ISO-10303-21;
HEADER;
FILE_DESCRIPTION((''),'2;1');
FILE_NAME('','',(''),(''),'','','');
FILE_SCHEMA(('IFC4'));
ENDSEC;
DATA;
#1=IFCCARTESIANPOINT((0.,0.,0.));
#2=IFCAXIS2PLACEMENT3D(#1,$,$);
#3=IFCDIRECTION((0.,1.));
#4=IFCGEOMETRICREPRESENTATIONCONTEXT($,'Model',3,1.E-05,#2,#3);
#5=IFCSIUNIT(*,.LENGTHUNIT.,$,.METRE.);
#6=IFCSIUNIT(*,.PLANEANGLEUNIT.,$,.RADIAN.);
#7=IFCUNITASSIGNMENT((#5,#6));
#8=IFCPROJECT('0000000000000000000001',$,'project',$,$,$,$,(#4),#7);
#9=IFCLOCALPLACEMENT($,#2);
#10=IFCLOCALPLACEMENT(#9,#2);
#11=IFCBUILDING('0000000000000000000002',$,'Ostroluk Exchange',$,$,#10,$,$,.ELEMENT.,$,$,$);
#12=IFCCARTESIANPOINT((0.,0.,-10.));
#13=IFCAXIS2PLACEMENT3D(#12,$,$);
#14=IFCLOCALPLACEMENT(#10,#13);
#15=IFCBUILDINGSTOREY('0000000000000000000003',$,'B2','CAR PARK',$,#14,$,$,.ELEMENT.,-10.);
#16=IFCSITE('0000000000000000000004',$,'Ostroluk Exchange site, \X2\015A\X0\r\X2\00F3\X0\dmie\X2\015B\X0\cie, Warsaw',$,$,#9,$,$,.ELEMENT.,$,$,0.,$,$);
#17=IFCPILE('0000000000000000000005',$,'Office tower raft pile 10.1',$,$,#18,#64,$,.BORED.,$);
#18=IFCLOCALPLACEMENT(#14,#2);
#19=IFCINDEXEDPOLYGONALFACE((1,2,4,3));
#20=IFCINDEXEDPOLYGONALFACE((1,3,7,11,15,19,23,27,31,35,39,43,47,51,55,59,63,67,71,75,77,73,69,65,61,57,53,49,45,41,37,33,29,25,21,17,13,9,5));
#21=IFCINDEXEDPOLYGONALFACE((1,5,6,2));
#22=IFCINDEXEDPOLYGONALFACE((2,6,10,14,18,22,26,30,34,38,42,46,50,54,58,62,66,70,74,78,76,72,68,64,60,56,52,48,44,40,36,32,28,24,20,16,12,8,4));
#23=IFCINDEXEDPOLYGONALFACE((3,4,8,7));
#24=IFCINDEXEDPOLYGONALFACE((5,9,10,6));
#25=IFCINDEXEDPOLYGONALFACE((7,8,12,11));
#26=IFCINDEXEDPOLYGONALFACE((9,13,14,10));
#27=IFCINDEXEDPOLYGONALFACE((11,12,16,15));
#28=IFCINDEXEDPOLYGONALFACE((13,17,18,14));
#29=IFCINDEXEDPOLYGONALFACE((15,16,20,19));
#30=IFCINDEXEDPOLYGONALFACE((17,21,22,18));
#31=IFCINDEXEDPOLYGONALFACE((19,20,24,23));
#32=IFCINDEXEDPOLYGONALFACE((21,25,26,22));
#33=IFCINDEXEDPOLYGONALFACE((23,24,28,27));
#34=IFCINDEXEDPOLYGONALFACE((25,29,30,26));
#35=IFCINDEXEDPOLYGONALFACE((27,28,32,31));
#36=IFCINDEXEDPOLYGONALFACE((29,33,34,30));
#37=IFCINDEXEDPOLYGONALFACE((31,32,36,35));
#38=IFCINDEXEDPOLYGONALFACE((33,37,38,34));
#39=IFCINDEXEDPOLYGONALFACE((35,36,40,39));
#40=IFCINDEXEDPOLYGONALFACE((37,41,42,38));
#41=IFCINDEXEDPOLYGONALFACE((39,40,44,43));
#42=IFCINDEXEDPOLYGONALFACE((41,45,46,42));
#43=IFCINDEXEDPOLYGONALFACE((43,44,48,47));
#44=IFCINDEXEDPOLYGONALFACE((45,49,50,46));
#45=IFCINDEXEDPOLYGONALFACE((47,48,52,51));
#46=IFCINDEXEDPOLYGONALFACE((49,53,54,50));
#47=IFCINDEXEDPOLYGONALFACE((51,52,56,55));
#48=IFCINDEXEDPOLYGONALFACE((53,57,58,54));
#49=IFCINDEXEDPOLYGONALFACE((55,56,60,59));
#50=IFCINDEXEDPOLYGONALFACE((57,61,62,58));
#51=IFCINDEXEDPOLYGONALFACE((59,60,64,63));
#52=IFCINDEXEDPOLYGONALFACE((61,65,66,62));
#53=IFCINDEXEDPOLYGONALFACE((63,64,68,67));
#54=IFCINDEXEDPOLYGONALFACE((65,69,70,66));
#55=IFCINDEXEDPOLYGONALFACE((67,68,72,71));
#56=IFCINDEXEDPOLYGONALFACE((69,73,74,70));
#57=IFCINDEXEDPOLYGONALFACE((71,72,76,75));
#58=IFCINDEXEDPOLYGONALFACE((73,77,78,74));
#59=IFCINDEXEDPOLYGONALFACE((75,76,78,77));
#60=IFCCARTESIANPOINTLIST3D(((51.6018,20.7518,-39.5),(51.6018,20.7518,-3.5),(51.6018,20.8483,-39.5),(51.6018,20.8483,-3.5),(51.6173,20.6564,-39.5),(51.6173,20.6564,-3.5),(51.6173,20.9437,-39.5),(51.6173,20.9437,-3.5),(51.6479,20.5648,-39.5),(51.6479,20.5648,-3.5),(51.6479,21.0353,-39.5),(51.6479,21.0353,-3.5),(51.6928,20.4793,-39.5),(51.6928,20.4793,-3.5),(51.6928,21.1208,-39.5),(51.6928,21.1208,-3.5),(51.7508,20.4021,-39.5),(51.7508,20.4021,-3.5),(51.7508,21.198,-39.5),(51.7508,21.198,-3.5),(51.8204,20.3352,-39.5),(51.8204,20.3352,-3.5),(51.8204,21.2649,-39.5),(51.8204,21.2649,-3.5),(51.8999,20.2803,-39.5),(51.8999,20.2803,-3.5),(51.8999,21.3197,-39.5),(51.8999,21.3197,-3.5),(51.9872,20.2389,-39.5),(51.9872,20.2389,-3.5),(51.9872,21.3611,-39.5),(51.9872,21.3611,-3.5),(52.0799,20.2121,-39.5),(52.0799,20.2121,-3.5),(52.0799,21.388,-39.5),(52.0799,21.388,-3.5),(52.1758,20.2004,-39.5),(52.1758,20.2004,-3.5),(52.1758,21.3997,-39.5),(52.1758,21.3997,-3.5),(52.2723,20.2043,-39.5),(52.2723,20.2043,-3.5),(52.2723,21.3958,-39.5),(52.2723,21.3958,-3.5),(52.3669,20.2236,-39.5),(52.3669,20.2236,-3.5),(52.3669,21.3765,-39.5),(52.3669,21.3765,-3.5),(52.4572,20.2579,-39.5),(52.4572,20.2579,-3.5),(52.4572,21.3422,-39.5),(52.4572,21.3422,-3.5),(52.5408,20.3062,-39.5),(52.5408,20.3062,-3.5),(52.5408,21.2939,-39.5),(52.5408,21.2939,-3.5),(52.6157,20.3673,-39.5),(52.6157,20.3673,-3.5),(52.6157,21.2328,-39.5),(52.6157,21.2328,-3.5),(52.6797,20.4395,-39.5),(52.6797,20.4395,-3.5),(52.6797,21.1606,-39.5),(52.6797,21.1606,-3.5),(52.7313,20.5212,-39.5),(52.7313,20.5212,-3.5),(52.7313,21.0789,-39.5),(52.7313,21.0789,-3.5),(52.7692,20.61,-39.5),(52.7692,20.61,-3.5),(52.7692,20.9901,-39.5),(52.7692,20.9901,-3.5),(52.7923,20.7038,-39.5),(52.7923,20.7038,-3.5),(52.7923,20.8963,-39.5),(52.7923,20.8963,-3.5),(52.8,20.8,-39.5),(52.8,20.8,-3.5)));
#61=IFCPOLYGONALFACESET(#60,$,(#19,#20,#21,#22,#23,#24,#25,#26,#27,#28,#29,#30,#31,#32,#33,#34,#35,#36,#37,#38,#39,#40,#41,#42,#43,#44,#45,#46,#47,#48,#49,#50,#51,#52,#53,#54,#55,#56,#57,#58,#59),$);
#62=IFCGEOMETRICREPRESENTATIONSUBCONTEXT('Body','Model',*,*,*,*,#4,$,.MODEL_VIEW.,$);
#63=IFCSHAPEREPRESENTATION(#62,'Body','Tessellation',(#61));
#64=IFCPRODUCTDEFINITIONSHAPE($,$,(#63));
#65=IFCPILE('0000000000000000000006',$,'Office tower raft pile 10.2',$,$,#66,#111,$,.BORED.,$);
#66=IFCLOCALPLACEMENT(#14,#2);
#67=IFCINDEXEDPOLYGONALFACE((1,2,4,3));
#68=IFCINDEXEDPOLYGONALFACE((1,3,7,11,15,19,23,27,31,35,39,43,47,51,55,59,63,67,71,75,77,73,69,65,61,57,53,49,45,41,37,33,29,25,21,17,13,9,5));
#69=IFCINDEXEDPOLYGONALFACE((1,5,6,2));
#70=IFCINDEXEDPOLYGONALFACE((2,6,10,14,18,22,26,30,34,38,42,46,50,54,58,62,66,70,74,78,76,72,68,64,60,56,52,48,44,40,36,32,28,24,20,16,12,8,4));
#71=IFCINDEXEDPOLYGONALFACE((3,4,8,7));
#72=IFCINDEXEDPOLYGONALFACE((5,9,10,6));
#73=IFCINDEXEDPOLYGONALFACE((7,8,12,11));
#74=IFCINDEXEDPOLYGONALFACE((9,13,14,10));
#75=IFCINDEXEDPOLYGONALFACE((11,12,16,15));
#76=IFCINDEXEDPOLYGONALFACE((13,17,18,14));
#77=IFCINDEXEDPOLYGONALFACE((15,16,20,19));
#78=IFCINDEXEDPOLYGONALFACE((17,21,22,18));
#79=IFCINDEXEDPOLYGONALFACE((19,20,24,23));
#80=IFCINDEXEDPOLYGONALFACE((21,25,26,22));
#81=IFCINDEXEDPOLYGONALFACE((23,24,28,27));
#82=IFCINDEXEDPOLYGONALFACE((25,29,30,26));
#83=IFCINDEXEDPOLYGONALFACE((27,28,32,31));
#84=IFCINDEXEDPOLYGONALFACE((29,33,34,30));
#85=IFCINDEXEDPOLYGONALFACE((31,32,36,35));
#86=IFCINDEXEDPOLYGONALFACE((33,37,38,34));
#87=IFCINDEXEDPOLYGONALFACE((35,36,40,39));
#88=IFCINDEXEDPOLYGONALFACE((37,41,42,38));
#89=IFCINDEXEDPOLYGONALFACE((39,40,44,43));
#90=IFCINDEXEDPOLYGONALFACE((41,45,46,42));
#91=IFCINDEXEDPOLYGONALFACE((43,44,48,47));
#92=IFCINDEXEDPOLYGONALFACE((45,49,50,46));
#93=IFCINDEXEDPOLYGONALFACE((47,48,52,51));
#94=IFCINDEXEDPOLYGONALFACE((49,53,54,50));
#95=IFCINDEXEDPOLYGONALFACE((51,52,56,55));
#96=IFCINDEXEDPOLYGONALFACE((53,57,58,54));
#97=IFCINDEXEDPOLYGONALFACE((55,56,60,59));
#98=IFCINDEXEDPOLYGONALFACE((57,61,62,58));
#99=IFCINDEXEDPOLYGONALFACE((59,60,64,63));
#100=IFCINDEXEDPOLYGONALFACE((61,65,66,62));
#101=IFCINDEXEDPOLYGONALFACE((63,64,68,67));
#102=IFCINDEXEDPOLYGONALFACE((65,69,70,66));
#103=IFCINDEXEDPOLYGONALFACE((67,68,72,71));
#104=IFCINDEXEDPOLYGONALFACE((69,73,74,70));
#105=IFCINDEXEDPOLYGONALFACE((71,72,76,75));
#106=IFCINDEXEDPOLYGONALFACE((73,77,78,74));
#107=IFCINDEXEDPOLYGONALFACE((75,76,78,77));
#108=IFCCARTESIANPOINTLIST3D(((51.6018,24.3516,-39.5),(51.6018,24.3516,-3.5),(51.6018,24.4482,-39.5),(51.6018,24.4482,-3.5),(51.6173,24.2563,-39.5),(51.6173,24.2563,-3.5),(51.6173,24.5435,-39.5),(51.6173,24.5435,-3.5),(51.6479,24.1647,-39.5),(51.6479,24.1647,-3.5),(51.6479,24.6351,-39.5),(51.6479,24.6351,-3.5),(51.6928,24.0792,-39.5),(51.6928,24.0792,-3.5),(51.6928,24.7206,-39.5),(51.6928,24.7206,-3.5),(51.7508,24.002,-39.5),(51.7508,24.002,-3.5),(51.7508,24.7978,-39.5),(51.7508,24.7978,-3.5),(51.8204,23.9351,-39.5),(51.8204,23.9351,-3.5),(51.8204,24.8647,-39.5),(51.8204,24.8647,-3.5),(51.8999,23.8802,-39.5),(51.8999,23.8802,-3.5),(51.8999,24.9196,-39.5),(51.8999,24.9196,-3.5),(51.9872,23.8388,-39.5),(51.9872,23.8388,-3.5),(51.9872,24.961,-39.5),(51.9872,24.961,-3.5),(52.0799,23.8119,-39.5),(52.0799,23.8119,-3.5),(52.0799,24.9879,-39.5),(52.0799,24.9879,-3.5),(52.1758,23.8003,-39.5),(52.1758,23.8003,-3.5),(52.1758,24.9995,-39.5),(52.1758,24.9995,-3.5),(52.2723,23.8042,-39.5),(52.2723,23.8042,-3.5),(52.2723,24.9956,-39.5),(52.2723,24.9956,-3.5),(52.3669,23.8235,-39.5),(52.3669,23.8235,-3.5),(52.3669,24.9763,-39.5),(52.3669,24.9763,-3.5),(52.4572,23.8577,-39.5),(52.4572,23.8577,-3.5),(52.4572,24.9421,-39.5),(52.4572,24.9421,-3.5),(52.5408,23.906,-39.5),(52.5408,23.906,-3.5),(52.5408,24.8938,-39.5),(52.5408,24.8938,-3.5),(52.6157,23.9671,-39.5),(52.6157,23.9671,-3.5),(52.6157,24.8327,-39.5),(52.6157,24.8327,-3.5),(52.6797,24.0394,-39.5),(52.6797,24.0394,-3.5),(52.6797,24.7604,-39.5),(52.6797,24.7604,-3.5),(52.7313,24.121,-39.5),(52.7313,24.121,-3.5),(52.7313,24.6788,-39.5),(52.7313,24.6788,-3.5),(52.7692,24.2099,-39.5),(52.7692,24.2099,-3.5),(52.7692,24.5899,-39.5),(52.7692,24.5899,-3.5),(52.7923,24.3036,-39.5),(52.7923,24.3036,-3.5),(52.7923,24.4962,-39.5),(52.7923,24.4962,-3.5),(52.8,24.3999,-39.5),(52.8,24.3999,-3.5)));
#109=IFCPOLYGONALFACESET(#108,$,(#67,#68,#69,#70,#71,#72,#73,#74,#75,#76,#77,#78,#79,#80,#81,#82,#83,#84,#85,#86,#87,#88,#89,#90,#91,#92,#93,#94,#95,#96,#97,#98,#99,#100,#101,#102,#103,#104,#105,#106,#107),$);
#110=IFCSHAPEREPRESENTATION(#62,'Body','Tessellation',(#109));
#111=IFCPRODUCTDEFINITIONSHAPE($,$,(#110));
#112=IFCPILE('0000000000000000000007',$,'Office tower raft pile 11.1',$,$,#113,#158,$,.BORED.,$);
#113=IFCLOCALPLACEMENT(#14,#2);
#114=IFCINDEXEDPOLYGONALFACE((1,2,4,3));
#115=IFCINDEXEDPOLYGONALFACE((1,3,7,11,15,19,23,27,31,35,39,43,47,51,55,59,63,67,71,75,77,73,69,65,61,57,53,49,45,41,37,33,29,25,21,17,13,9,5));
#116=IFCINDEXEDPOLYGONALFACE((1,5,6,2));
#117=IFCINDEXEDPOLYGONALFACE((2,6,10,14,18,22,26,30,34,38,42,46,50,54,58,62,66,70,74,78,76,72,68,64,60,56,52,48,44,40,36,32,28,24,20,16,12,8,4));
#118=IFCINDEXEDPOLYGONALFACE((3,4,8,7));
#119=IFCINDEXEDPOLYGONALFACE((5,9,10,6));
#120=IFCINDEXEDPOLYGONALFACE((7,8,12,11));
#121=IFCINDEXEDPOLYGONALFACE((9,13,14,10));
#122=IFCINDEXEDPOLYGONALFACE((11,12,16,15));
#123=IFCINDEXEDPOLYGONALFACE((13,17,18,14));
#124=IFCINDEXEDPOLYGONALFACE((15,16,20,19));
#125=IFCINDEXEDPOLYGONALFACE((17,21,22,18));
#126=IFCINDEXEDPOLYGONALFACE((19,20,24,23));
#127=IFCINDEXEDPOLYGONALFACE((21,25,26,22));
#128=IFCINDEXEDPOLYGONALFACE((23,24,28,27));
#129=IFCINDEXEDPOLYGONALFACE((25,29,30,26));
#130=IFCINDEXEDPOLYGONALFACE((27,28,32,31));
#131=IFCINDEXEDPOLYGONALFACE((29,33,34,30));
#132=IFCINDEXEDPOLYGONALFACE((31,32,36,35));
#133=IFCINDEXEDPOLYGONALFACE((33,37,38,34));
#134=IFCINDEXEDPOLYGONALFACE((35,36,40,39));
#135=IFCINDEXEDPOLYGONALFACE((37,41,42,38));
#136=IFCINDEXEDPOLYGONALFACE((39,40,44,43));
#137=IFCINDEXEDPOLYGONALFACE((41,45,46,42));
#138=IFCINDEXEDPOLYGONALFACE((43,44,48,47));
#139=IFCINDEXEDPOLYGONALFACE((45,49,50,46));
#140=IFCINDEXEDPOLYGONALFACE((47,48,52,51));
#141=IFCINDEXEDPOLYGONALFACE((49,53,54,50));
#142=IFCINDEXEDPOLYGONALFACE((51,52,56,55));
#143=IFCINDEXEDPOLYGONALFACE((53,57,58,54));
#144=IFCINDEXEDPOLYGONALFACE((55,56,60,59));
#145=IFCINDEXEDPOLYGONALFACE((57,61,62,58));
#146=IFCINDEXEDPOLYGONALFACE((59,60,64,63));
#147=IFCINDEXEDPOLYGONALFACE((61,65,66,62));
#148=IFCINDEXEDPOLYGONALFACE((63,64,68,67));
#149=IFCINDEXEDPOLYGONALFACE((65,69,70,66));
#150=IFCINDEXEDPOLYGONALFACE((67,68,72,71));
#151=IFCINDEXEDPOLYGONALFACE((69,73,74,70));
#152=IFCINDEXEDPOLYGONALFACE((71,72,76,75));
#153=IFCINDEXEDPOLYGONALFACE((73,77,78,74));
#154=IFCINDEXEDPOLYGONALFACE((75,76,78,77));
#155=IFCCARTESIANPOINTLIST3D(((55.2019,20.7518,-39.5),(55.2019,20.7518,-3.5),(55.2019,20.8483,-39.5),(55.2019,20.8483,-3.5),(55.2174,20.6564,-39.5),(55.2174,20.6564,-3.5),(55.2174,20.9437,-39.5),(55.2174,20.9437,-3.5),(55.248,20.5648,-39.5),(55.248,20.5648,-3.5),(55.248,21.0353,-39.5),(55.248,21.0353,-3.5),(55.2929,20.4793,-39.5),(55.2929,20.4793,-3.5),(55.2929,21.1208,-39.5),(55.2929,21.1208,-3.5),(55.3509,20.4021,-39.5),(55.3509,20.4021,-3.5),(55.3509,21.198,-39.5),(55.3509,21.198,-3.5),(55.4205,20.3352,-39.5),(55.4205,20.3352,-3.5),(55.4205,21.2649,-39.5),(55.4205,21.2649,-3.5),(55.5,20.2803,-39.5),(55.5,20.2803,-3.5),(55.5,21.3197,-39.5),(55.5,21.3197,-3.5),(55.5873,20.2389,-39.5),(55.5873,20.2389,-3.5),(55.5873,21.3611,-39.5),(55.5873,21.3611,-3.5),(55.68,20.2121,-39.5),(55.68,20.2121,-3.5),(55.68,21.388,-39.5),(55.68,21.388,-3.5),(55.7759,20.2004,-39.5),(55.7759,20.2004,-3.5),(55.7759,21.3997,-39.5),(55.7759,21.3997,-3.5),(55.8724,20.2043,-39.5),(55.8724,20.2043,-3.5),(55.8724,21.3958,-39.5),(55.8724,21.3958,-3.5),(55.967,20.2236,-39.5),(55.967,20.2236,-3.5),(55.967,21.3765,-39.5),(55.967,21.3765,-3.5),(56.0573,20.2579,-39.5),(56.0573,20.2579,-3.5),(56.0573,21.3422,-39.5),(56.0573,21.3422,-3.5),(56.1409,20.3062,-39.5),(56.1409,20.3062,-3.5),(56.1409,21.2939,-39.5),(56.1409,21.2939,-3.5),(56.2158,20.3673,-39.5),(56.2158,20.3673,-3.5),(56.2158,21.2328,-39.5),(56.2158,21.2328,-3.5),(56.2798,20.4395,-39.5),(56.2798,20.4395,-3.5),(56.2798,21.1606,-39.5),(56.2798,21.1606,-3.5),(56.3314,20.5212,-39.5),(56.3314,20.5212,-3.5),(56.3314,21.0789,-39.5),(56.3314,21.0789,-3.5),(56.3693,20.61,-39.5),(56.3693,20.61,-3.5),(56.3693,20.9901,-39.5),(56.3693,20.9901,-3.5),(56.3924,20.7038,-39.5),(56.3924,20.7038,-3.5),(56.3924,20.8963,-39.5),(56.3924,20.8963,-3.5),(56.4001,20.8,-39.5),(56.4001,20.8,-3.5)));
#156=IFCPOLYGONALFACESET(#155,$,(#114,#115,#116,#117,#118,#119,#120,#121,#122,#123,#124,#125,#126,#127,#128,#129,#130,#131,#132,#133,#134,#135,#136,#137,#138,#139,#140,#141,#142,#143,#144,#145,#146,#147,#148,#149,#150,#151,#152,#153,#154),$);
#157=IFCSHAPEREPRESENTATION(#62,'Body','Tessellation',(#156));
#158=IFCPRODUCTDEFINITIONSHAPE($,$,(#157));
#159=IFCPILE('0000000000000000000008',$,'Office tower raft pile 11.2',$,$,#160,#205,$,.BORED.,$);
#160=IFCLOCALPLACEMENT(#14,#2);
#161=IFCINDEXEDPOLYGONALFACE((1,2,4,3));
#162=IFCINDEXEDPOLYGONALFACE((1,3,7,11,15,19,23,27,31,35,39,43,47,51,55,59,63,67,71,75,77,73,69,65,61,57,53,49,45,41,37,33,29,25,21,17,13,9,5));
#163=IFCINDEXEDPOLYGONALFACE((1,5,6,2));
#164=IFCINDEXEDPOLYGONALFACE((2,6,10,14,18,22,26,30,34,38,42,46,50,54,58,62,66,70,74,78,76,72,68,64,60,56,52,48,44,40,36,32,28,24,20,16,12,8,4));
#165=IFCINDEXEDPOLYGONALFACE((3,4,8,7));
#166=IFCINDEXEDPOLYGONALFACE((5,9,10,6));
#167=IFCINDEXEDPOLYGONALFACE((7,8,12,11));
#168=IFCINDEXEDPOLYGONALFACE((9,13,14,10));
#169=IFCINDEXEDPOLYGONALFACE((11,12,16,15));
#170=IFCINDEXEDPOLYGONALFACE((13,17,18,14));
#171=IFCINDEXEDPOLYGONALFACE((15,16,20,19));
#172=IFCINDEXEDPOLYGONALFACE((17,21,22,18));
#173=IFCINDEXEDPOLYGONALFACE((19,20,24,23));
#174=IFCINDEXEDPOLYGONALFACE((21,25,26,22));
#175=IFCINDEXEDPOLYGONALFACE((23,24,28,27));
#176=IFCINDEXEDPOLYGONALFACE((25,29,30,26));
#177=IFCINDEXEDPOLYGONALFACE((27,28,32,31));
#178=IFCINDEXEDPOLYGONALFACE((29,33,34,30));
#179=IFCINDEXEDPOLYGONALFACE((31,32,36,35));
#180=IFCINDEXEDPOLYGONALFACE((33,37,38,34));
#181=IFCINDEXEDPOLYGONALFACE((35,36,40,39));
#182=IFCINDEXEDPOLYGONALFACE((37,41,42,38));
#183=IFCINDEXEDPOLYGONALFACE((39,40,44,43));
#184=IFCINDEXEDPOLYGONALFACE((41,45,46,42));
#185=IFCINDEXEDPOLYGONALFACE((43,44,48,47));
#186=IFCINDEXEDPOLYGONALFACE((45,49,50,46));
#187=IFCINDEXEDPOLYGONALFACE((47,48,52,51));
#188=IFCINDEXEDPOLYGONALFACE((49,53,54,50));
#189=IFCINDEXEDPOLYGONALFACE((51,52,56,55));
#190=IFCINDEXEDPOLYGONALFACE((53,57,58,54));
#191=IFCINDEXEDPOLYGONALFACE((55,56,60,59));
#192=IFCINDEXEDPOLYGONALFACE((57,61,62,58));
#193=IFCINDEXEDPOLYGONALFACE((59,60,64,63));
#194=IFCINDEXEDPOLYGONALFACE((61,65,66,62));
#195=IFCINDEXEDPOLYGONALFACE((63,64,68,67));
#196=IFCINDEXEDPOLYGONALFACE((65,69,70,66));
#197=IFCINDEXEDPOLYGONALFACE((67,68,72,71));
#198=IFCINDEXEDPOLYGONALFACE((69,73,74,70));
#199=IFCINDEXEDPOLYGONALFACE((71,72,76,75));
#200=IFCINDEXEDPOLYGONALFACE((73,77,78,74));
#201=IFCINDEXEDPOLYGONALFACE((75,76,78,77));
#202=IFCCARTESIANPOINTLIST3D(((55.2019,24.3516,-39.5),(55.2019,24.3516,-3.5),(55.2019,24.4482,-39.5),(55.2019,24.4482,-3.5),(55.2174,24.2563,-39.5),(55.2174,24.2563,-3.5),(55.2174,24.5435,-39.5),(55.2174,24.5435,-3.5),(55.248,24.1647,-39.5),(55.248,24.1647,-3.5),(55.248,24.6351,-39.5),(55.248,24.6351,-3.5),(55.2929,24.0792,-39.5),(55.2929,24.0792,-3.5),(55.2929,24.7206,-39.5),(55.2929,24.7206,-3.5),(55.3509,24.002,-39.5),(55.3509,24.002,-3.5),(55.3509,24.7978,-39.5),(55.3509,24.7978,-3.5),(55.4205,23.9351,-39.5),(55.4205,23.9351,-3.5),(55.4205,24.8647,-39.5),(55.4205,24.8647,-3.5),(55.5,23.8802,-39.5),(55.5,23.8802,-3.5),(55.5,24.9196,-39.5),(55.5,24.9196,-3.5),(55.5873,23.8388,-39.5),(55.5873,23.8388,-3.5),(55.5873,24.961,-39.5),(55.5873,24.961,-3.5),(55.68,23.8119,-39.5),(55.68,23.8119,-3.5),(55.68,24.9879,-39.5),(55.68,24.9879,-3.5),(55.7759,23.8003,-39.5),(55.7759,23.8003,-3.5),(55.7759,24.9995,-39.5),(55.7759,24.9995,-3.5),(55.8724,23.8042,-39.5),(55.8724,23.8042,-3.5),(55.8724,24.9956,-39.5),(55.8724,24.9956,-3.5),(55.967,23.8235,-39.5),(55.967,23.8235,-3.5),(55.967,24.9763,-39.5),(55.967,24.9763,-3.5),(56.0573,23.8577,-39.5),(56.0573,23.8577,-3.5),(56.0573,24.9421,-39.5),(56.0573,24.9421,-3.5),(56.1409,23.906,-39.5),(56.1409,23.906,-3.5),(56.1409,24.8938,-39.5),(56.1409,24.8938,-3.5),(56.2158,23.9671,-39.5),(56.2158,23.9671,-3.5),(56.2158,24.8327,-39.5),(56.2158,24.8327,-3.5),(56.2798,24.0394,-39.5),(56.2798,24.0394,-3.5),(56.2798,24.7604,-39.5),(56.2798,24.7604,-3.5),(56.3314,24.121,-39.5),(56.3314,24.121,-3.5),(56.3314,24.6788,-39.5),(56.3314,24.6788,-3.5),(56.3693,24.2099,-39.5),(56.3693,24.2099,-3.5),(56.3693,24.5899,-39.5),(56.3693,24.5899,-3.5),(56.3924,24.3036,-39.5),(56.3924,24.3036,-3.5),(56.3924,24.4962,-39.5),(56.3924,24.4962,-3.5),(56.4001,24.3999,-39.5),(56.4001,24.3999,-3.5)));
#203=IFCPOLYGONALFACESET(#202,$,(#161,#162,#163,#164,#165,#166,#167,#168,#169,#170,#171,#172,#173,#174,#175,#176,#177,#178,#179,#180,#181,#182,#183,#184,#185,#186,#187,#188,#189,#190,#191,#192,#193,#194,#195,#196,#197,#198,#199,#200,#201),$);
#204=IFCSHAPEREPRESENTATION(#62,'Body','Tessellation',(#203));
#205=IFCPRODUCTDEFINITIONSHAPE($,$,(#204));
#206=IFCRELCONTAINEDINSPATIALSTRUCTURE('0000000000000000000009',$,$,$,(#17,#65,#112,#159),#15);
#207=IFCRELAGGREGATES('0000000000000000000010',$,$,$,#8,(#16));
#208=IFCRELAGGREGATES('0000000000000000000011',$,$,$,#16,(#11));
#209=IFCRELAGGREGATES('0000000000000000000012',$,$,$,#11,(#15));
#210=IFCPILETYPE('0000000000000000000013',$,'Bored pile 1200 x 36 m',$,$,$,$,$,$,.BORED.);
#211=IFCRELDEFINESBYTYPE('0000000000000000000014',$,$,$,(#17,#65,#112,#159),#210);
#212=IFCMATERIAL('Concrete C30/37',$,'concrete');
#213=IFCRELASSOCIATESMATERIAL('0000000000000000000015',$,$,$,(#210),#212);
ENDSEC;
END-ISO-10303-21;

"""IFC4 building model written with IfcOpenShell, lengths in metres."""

from ifc_helpers import new_model, si_unit, direction, frame, origin, origin_2d, place, context, subcontext, project, spatial, circle, extrude, material, type_object, element, save


model = new_model("IFC4")

# Units and contexts
model_context = context("Model", 3, precision=1e-05, world=origin(), true_north=direction((0.0, 1.0)))
body_context = subcontext(model_context, "Body", "Model", "MODEL_VIEW")
ifc_project = project(units=[si_unit("LENGTHUNIT", "METRE"), si_unit("PLANEANGLEUNIT", "RADIAN")], contexts=[model_context])

# Site, building, storey
site_placement = place(None, origin())
site = spatial("IfcSite", under=ifc_project, at=site_placement, Name="Ostroluk Exchange site, Śródmieście, Warsaw", CompositionType="ELEMENT", RefElevation=0.0)
building_placement = place(site_placement, origin())
building = spatial("IfcBuilding", under=site, at=building_placement, Name="Ostroluk Exchange", CompositionType="ELEMENT")
storey_placement = place(building_placement, frame((0.0, 0.0, -10.0)))
storey = spatial("IfcBuildingStorey", under=building, at=storey_placement, Name="B2", Description="CAR PARK", CompositionType="ELEMENT", Elevation=-10.0)

# Piles
ifc_material_1 = material(Name="Concrete C30/37", Category="concrete")
pile_type_1 = type_object("IfcPileType", Name="Bored pile 1200 x 36 m", PredefinedType="BORED", material=ifc_material_1)
for number, where, z_axis, x_axis, name in (
    (1, (52.2, 20.8, -3.5), (0.0, 0.0, -1.0), (1.0, 0.0, 0.0), "Office tower raft pile 10.1"),
    (2, (52.2, 24.3999, -3.5), (0.0, 0.0, -1.0), (1.0, 0.0, 0.0), "Office tower raft pile 10.2"),
    (3, (55.8, 20.8, -3.5), (0.0, 0.0, -1.0), (1.0, 0.0, 0.0), "Office tower raft pile 11.1"),
    (4, (55.8, 24.3999, -3.5), (0.0, 0.0, -1.0), (1.0, 0.0, 0.0), "Office tower raft pile 11.2"),
):
    element("IfcPile", number, at=place(storey_placement, frame(where, z_axis=z_axis, x_axis=x_axis)), inside=storey, type_object=pile_type_1, Name=name, PredefinedType="BORED", context=body_context, shape_type="SweptSolid", body=[
        extrude(circle(Radius=0.6001, at=origin_2d()), origin(), (0.0, 0.0, 1.0), 36.0),
    ])

save(model, "model.ifc")
